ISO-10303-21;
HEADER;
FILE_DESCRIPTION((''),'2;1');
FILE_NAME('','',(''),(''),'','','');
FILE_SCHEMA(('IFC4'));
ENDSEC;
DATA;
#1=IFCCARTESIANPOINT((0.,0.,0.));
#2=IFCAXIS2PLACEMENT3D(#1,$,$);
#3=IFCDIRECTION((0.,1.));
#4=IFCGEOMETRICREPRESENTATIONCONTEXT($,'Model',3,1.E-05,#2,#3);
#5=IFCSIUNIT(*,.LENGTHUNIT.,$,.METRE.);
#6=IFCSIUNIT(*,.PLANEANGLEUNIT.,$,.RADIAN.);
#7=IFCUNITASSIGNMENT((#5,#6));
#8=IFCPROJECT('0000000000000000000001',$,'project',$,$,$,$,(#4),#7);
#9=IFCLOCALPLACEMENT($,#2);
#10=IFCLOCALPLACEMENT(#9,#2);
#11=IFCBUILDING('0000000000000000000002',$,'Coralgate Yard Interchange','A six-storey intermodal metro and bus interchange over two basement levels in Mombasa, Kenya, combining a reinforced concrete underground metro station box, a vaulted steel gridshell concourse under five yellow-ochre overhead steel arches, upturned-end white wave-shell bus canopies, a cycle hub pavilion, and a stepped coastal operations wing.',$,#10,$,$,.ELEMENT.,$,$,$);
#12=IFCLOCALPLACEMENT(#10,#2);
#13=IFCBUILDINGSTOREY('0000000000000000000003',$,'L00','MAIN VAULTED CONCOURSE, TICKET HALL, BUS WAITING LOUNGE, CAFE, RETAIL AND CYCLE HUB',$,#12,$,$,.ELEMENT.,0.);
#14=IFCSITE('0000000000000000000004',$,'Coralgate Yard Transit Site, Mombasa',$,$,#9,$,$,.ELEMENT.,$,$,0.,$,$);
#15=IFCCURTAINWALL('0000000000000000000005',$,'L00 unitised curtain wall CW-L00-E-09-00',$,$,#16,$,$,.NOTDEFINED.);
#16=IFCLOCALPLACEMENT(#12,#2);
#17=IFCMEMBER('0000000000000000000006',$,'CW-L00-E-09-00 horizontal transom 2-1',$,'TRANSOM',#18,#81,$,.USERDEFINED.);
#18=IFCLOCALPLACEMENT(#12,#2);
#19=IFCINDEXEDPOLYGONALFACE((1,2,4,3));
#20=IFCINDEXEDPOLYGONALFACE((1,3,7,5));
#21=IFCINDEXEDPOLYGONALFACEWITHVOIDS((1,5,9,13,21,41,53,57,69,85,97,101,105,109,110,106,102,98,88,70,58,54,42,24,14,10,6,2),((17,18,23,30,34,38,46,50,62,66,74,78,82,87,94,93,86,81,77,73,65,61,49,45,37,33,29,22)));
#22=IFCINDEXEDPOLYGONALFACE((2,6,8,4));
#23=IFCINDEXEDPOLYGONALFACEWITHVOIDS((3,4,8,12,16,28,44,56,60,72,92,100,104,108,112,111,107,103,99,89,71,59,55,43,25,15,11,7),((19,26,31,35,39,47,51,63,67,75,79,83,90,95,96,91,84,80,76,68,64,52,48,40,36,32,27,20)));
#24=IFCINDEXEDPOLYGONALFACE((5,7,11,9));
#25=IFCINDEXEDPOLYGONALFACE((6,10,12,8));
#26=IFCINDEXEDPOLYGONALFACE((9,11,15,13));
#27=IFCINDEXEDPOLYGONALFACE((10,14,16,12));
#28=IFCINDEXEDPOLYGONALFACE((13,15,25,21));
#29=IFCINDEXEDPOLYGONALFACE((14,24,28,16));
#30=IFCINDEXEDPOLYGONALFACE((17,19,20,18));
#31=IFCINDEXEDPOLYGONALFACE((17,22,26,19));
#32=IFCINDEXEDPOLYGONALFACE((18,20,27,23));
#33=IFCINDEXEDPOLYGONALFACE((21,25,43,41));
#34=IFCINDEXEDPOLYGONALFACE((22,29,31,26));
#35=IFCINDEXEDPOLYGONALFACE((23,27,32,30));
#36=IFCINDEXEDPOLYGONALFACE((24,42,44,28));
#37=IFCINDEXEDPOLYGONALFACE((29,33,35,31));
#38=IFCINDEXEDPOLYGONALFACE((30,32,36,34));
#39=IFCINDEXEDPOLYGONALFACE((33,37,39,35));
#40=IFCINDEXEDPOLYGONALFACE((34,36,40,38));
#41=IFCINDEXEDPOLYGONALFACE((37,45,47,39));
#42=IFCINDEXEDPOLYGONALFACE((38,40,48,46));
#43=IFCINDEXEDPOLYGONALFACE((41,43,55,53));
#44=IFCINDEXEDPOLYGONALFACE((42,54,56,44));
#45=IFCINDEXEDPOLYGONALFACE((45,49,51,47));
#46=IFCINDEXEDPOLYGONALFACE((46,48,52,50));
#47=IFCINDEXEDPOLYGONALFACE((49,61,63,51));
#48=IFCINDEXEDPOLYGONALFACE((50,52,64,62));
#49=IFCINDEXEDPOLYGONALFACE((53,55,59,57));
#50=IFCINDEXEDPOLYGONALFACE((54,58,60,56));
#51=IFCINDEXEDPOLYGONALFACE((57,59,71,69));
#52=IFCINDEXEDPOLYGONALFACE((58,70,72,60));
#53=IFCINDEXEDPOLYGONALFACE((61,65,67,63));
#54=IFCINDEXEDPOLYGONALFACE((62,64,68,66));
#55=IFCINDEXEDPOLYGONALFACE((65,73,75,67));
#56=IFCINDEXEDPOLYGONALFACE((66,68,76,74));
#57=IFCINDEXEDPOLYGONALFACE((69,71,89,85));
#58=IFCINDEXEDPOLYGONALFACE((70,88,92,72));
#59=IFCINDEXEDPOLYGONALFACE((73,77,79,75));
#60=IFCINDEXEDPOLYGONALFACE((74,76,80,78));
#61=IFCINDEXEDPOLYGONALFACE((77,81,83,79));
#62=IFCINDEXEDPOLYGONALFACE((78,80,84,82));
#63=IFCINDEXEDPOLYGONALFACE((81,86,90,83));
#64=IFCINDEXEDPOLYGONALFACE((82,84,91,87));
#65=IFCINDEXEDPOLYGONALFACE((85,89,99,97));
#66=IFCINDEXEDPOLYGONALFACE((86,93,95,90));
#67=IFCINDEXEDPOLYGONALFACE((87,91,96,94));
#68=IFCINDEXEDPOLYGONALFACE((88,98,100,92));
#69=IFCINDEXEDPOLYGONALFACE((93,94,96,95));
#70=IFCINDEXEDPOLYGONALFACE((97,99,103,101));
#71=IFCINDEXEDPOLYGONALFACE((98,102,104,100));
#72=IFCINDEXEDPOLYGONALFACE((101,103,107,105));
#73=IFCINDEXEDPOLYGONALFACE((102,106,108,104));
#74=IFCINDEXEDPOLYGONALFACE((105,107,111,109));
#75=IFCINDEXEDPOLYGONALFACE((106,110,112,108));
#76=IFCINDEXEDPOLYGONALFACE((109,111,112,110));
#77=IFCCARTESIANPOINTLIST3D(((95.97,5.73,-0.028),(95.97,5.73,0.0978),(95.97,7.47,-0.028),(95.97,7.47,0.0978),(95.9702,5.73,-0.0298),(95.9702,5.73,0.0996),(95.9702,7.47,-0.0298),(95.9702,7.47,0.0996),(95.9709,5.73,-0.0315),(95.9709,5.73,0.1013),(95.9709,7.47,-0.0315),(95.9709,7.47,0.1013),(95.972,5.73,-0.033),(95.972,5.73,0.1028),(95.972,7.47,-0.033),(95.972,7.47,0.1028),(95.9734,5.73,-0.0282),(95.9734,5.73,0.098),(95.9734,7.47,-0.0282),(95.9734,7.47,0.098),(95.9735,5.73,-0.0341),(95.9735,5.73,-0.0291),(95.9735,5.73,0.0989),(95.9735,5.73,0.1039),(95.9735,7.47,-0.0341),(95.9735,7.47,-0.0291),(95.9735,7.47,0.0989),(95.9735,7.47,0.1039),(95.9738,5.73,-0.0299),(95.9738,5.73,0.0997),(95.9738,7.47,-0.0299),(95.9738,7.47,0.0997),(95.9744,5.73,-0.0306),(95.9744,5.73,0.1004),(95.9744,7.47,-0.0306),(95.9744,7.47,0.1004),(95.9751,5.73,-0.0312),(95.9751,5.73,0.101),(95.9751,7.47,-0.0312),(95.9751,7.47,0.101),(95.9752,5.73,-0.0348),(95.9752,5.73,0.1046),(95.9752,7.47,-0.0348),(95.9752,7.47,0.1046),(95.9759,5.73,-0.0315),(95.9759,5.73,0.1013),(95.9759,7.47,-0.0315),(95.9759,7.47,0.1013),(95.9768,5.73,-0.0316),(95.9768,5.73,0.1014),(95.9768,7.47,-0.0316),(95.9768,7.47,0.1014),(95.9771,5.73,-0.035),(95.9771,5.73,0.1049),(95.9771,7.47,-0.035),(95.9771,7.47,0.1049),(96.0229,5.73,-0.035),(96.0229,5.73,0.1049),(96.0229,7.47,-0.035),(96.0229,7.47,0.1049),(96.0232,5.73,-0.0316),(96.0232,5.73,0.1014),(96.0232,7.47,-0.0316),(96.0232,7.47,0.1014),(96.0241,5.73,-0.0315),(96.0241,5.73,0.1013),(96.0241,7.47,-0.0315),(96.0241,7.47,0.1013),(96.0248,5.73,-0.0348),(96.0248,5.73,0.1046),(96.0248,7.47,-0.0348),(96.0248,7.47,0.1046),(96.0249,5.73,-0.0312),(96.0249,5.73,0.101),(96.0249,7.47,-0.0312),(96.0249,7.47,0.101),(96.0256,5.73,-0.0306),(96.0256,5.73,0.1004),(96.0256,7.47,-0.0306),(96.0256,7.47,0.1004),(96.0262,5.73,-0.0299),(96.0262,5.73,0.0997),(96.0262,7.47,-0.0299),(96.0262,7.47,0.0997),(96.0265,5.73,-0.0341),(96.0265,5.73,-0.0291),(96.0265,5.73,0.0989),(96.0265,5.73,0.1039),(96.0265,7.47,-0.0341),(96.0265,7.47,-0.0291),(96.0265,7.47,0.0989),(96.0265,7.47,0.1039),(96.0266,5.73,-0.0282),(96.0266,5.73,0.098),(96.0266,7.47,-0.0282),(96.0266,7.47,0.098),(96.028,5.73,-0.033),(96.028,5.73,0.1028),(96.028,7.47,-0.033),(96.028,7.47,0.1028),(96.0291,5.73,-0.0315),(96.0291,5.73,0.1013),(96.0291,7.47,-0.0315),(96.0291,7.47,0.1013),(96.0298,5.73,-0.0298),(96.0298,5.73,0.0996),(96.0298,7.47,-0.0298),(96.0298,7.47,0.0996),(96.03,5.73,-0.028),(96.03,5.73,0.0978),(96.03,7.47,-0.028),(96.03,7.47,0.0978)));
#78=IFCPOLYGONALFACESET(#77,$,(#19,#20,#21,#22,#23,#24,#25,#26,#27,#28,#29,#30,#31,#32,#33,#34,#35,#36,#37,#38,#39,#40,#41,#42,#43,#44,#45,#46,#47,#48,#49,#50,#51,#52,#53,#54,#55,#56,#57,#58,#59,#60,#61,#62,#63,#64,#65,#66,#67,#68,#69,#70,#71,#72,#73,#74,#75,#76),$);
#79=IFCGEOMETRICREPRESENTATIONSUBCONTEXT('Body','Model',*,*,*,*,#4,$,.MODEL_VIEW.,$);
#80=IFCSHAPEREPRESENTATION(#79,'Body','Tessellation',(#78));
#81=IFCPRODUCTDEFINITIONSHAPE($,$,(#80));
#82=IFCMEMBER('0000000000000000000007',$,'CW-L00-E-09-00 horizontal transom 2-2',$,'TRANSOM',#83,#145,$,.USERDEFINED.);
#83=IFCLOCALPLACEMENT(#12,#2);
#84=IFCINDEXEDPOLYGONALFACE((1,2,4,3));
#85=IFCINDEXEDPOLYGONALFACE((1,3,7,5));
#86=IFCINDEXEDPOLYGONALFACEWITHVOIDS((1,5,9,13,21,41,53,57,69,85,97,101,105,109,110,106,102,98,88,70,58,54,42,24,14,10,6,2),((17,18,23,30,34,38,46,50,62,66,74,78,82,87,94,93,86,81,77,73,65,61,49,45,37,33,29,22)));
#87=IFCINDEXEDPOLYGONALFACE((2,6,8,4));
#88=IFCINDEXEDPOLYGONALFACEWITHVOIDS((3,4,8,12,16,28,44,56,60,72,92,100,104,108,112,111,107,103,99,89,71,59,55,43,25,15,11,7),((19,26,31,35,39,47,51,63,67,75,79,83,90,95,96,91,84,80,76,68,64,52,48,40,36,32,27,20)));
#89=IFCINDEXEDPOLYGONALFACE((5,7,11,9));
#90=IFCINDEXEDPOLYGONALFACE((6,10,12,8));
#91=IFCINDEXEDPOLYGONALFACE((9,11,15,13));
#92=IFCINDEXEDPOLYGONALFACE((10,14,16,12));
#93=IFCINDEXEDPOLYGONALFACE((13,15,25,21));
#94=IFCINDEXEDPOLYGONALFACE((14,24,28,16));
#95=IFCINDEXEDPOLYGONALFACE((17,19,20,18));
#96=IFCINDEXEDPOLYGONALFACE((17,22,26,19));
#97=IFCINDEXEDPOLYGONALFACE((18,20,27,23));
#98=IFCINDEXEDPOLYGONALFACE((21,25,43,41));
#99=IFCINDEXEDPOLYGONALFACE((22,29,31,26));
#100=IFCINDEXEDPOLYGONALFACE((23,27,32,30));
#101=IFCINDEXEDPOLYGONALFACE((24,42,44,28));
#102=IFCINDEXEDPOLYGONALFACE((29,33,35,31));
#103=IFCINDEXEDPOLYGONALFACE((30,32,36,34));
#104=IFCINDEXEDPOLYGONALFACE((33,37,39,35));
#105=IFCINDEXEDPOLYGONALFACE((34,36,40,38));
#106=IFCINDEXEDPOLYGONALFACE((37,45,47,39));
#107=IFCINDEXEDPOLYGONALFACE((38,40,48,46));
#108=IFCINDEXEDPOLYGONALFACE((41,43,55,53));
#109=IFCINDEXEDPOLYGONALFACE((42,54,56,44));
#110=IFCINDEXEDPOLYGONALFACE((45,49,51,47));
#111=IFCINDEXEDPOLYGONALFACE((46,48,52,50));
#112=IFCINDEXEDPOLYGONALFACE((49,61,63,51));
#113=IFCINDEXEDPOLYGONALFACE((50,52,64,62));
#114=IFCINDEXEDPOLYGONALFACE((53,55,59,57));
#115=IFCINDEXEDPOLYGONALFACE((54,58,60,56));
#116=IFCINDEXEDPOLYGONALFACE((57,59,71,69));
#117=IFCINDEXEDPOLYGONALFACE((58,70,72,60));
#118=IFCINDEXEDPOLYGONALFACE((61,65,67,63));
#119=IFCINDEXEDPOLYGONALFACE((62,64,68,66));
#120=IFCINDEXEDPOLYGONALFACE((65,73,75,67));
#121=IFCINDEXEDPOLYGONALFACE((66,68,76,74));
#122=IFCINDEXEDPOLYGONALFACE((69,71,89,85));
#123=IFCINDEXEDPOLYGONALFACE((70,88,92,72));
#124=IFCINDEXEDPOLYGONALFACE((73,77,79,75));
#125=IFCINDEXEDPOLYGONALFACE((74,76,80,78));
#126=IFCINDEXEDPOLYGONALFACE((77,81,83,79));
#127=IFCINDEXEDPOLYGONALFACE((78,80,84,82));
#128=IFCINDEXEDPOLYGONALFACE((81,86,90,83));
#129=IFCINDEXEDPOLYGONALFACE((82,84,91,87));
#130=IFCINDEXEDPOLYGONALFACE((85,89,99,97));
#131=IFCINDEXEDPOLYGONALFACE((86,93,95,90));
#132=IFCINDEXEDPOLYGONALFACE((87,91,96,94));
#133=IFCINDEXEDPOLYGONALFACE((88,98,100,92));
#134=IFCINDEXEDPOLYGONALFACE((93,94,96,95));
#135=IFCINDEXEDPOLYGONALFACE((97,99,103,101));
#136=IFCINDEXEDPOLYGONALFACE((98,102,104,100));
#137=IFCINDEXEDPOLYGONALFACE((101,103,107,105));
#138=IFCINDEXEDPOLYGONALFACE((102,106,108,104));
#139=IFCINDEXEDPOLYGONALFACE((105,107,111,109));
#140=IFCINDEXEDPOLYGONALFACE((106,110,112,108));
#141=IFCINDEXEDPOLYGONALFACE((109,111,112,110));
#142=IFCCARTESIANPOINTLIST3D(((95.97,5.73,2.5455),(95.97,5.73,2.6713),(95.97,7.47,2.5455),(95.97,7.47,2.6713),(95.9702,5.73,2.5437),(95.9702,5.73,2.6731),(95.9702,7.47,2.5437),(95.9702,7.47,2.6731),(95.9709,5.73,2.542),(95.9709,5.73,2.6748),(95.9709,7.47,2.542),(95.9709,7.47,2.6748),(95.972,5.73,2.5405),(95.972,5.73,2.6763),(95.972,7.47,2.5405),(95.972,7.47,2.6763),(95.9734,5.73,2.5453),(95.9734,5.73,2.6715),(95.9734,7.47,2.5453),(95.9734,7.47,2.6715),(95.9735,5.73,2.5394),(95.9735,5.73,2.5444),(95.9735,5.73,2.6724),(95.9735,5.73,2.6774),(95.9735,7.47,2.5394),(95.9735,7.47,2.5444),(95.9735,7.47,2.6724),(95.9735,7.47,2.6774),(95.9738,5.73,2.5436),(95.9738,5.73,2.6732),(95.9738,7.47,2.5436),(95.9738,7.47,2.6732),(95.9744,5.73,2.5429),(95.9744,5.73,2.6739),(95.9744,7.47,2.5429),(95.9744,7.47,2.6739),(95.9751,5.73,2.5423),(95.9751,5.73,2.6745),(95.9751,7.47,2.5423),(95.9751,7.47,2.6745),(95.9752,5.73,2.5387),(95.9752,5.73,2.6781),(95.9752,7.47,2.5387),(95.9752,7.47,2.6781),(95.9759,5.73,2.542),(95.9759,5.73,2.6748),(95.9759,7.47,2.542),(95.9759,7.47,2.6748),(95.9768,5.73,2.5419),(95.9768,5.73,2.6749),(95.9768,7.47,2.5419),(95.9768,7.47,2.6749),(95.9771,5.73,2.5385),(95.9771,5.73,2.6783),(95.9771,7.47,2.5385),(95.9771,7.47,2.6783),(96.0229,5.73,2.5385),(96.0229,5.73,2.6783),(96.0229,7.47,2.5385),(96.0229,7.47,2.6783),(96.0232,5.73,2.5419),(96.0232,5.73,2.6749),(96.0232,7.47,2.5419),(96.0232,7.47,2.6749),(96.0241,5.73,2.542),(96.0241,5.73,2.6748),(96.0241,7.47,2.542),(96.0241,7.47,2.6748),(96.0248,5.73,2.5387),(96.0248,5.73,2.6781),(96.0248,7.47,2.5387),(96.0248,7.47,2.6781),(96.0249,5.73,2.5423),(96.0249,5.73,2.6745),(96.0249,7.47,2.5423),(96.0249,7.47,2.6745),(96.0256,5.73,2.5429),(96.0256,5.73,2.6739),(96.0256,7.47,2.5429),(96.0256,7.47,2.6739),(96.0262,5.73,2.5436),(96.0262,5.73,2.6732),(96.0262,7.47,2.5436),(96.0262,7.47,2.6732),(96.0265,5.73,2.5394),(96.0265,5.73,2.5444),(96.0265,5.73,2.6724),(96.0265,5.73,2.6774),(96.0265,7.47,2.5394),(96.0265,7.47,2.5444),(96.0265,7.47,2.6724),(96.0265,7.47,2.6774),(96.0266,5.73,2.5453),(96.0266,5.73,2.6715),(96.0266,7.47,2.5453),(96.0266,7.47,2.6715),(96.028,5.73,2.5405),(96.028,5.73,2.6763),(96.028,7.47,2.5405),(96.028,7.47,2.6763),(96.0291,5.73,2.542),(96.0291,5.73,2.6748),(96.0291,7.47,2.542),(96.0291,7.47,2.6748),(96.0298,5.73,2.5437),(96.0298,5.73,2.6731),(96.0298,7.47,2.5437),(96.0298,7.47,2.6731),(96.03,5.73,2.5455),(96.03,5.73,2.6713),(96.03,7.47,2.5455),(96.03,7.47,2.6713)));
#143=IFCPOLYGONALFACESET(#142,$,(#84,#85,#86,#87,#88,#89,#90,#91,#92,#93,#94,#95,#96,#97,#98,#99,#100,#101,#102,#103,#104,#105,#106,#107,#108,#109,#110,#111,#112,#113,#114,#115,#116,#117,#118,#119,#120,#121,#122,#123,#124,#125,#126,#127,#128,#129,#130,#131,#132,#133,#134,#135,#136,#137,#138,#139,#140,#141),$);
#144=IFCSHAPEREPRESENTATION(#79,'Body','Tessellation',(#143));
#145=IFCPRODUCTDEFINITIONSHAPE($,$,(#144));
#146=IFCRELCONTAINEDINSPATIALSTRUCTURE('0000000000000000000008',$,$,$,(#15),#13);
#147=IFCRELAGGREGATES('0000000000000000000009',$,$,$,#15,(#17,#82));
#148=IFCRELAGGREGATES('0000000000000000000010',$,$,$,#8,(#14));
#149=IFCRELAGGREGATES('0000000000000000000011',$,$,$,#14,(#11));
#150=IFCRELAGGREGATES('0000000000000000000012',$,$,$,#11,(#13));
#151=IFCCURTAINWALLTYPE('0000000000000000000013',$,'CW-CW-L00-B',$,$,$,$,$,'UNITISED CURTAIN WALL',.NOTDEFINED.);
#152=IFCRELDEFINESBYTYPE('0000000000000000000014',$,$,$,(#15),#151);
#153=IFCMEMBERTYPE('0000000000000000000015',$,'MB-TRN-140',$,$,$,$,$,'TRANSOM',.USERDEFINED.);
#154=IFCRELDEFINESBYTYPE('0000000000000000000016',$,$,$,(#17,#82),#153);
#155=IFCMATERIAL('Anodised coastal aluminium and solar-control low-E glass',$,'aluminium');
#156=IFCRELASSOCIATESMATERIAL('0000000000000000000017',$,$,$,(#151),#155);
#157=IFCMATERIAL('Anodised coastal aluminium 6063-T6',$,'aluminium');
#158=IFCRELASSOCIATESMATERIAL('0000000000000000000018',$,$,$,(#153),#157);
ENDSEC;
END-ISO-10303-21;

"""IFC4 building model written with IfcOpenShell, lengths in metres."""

from ifc_helpers import new_model, si_unit, direction, frame, origin, origin_2d, place, context, subcontext, project, spatial, hollow_rectangle, extrude, material, material_profile, profile_set, type_object, element, aggregate, save


model = new_model("IFC4")

# Units and contexts
model_context = context("Model", 3, precision=1e-05, world=origin(), true_north=direction((0.0, 1.0)))
body_context = subcontext(model_context, "Body", "Model", "MODEL_VIEW")
ifc_project = project(units=[si_unit("LENGTHUNIT", "METRE"), si_unit("PLANEANGLEUNIT", "RADIAN")], contexts=[model_context])

# Site, building, storey
site_placement = place(None, origin())
site = spatial("IfcSite", under=ifc_project, at=site_placement, Name="Coralgate Yard Transit Site, Mombasa", CompositionType="ELEMENT", RefElevation=0.0)
building_placement = place(site_placement, origin())
building = spatial("IfcBuilding", under=site, at=building_placement, Name="Coralgate Yard Interchange", Description="A six-storey intermodal metro and bus interchange over two basement levels in Mombasa, Kenya, combining a reinforced concrete underground metro station box, a vaulted steel gridshell concourse under five yellow-ochre overhead steel arches, upturned-end white wave-shell bus canopies, a cycle hub pavilion, and a stepped coastal operations wing.", CompositionType="ELEMENT")
storey_placement = place(building_placement, origin())
storey = spatial("IfcBuildingStorey", under=building, at=storey_placement, Name="L00", Description="MAIN VAULTED CONCOURSE, TICKET HALL, BUS WAITING LOUNGE, CAFE, RETAIL AND CYCLE HUB", CompositionType="ELEMENT", Elevation=0.0)

# Curtain wall, members
ifc_material_1 = material(Name="Anodised coastal aluminium and solar-control low-E glass", Category="aluminium")
curtain_wall_type = type_object("IfcCurtainWallType", Name="CW-CW-L00-B", ElementType="UNITISED CURTAIN WALL", PredefinedType="NOTDEFINED", material=ifc_material_1)
curtain_wall_placement = place(storey_placement, origin())
curtain_wall = element("IfcCurtainWall", 1, at=curtain_wall_placement, inside=storey, type_object=curtain_wall_type, Name="L00 unitised curtain wall CW-L00-E-09-00", PredefinedType="NOTDEFINED")
ifc_material_2 = material(Name="Anodised coastal aluminium 6063-T6", Category="aluminium")
ifc_material_profile_1 = material_profile(ifc_material_2, hollow_rectangle(XDim=0.0601, YDim=0.1399, WallThickness=0.0034, InnerFilletRadius=0.0034, OuterFilletRadius=0.0071, at=origin_2d()), Name="ALU 60x140x3.5")
ifc_profile_set_1 = profile_set([ifc_material_profile_1], Name="Anodised coastal aluminium 6063-T6")
member_type_1 = type_object("IfcMemberType", Name="MB-TRN-140", ElementType="TRANSOM", PredefinedType="USERDEFINED", material=ifc_profile_set_1)
member_1_placement = place(storey_placement, frame((96.0, 7.47, 0.0349), z_axis=(0.0, -1.0, 0.0), x_axis=(1.0, 0.0, 0.0)))
member_1 = element("IfcMember", 2, at=member_1_placement, type_object=member_type_1, Name="CW-L00-E-09-00 horizontal transom 2-1", ObjectType="TRANSOM", PredefinedType="USERDEFINED", context=body_context, shape_type="SweptSolid", body=[
    extrude(hollow_rectangle(XDim=0.0601, YDim=0.1399, WallThickness=0.0034, InnerFilletRadius=0.0034, OuterFilletRadius=0.0071, at=origin_2d()), origin(), (0.0, 0.0, 1.0), 1.74),
])
member_2_placement = place(storey_placement, frame((96.0, 7.47, 2.6084), z_axis=(0.0, -1.0, 0.0), x_axis=(1.0, 0.0, 0.0)))
member_2 = element("IfcMember", 3, at=member_2_placement, type_object=member_type_1, Name="CW-L00-E-09-00 horizontal transom 2-2", ObjectType="TRANSOM", PredefinedType="USERDEFINED", context=body_context, shape_type="SweptSolid", body=[
    extrude(hollow_rectangle(XDim=0.0601, YDim=0.1399, WallThickness=0.0034, InnerFilletRadius=0.0034, OuterFilletRadius=0.0071, at=origin_2d()), origin(), (0.0, 0.0, 1.0), 1.74),
])
aggregate(curtain_wall, [member_1, member_2])

save(model, "model.ifc")
